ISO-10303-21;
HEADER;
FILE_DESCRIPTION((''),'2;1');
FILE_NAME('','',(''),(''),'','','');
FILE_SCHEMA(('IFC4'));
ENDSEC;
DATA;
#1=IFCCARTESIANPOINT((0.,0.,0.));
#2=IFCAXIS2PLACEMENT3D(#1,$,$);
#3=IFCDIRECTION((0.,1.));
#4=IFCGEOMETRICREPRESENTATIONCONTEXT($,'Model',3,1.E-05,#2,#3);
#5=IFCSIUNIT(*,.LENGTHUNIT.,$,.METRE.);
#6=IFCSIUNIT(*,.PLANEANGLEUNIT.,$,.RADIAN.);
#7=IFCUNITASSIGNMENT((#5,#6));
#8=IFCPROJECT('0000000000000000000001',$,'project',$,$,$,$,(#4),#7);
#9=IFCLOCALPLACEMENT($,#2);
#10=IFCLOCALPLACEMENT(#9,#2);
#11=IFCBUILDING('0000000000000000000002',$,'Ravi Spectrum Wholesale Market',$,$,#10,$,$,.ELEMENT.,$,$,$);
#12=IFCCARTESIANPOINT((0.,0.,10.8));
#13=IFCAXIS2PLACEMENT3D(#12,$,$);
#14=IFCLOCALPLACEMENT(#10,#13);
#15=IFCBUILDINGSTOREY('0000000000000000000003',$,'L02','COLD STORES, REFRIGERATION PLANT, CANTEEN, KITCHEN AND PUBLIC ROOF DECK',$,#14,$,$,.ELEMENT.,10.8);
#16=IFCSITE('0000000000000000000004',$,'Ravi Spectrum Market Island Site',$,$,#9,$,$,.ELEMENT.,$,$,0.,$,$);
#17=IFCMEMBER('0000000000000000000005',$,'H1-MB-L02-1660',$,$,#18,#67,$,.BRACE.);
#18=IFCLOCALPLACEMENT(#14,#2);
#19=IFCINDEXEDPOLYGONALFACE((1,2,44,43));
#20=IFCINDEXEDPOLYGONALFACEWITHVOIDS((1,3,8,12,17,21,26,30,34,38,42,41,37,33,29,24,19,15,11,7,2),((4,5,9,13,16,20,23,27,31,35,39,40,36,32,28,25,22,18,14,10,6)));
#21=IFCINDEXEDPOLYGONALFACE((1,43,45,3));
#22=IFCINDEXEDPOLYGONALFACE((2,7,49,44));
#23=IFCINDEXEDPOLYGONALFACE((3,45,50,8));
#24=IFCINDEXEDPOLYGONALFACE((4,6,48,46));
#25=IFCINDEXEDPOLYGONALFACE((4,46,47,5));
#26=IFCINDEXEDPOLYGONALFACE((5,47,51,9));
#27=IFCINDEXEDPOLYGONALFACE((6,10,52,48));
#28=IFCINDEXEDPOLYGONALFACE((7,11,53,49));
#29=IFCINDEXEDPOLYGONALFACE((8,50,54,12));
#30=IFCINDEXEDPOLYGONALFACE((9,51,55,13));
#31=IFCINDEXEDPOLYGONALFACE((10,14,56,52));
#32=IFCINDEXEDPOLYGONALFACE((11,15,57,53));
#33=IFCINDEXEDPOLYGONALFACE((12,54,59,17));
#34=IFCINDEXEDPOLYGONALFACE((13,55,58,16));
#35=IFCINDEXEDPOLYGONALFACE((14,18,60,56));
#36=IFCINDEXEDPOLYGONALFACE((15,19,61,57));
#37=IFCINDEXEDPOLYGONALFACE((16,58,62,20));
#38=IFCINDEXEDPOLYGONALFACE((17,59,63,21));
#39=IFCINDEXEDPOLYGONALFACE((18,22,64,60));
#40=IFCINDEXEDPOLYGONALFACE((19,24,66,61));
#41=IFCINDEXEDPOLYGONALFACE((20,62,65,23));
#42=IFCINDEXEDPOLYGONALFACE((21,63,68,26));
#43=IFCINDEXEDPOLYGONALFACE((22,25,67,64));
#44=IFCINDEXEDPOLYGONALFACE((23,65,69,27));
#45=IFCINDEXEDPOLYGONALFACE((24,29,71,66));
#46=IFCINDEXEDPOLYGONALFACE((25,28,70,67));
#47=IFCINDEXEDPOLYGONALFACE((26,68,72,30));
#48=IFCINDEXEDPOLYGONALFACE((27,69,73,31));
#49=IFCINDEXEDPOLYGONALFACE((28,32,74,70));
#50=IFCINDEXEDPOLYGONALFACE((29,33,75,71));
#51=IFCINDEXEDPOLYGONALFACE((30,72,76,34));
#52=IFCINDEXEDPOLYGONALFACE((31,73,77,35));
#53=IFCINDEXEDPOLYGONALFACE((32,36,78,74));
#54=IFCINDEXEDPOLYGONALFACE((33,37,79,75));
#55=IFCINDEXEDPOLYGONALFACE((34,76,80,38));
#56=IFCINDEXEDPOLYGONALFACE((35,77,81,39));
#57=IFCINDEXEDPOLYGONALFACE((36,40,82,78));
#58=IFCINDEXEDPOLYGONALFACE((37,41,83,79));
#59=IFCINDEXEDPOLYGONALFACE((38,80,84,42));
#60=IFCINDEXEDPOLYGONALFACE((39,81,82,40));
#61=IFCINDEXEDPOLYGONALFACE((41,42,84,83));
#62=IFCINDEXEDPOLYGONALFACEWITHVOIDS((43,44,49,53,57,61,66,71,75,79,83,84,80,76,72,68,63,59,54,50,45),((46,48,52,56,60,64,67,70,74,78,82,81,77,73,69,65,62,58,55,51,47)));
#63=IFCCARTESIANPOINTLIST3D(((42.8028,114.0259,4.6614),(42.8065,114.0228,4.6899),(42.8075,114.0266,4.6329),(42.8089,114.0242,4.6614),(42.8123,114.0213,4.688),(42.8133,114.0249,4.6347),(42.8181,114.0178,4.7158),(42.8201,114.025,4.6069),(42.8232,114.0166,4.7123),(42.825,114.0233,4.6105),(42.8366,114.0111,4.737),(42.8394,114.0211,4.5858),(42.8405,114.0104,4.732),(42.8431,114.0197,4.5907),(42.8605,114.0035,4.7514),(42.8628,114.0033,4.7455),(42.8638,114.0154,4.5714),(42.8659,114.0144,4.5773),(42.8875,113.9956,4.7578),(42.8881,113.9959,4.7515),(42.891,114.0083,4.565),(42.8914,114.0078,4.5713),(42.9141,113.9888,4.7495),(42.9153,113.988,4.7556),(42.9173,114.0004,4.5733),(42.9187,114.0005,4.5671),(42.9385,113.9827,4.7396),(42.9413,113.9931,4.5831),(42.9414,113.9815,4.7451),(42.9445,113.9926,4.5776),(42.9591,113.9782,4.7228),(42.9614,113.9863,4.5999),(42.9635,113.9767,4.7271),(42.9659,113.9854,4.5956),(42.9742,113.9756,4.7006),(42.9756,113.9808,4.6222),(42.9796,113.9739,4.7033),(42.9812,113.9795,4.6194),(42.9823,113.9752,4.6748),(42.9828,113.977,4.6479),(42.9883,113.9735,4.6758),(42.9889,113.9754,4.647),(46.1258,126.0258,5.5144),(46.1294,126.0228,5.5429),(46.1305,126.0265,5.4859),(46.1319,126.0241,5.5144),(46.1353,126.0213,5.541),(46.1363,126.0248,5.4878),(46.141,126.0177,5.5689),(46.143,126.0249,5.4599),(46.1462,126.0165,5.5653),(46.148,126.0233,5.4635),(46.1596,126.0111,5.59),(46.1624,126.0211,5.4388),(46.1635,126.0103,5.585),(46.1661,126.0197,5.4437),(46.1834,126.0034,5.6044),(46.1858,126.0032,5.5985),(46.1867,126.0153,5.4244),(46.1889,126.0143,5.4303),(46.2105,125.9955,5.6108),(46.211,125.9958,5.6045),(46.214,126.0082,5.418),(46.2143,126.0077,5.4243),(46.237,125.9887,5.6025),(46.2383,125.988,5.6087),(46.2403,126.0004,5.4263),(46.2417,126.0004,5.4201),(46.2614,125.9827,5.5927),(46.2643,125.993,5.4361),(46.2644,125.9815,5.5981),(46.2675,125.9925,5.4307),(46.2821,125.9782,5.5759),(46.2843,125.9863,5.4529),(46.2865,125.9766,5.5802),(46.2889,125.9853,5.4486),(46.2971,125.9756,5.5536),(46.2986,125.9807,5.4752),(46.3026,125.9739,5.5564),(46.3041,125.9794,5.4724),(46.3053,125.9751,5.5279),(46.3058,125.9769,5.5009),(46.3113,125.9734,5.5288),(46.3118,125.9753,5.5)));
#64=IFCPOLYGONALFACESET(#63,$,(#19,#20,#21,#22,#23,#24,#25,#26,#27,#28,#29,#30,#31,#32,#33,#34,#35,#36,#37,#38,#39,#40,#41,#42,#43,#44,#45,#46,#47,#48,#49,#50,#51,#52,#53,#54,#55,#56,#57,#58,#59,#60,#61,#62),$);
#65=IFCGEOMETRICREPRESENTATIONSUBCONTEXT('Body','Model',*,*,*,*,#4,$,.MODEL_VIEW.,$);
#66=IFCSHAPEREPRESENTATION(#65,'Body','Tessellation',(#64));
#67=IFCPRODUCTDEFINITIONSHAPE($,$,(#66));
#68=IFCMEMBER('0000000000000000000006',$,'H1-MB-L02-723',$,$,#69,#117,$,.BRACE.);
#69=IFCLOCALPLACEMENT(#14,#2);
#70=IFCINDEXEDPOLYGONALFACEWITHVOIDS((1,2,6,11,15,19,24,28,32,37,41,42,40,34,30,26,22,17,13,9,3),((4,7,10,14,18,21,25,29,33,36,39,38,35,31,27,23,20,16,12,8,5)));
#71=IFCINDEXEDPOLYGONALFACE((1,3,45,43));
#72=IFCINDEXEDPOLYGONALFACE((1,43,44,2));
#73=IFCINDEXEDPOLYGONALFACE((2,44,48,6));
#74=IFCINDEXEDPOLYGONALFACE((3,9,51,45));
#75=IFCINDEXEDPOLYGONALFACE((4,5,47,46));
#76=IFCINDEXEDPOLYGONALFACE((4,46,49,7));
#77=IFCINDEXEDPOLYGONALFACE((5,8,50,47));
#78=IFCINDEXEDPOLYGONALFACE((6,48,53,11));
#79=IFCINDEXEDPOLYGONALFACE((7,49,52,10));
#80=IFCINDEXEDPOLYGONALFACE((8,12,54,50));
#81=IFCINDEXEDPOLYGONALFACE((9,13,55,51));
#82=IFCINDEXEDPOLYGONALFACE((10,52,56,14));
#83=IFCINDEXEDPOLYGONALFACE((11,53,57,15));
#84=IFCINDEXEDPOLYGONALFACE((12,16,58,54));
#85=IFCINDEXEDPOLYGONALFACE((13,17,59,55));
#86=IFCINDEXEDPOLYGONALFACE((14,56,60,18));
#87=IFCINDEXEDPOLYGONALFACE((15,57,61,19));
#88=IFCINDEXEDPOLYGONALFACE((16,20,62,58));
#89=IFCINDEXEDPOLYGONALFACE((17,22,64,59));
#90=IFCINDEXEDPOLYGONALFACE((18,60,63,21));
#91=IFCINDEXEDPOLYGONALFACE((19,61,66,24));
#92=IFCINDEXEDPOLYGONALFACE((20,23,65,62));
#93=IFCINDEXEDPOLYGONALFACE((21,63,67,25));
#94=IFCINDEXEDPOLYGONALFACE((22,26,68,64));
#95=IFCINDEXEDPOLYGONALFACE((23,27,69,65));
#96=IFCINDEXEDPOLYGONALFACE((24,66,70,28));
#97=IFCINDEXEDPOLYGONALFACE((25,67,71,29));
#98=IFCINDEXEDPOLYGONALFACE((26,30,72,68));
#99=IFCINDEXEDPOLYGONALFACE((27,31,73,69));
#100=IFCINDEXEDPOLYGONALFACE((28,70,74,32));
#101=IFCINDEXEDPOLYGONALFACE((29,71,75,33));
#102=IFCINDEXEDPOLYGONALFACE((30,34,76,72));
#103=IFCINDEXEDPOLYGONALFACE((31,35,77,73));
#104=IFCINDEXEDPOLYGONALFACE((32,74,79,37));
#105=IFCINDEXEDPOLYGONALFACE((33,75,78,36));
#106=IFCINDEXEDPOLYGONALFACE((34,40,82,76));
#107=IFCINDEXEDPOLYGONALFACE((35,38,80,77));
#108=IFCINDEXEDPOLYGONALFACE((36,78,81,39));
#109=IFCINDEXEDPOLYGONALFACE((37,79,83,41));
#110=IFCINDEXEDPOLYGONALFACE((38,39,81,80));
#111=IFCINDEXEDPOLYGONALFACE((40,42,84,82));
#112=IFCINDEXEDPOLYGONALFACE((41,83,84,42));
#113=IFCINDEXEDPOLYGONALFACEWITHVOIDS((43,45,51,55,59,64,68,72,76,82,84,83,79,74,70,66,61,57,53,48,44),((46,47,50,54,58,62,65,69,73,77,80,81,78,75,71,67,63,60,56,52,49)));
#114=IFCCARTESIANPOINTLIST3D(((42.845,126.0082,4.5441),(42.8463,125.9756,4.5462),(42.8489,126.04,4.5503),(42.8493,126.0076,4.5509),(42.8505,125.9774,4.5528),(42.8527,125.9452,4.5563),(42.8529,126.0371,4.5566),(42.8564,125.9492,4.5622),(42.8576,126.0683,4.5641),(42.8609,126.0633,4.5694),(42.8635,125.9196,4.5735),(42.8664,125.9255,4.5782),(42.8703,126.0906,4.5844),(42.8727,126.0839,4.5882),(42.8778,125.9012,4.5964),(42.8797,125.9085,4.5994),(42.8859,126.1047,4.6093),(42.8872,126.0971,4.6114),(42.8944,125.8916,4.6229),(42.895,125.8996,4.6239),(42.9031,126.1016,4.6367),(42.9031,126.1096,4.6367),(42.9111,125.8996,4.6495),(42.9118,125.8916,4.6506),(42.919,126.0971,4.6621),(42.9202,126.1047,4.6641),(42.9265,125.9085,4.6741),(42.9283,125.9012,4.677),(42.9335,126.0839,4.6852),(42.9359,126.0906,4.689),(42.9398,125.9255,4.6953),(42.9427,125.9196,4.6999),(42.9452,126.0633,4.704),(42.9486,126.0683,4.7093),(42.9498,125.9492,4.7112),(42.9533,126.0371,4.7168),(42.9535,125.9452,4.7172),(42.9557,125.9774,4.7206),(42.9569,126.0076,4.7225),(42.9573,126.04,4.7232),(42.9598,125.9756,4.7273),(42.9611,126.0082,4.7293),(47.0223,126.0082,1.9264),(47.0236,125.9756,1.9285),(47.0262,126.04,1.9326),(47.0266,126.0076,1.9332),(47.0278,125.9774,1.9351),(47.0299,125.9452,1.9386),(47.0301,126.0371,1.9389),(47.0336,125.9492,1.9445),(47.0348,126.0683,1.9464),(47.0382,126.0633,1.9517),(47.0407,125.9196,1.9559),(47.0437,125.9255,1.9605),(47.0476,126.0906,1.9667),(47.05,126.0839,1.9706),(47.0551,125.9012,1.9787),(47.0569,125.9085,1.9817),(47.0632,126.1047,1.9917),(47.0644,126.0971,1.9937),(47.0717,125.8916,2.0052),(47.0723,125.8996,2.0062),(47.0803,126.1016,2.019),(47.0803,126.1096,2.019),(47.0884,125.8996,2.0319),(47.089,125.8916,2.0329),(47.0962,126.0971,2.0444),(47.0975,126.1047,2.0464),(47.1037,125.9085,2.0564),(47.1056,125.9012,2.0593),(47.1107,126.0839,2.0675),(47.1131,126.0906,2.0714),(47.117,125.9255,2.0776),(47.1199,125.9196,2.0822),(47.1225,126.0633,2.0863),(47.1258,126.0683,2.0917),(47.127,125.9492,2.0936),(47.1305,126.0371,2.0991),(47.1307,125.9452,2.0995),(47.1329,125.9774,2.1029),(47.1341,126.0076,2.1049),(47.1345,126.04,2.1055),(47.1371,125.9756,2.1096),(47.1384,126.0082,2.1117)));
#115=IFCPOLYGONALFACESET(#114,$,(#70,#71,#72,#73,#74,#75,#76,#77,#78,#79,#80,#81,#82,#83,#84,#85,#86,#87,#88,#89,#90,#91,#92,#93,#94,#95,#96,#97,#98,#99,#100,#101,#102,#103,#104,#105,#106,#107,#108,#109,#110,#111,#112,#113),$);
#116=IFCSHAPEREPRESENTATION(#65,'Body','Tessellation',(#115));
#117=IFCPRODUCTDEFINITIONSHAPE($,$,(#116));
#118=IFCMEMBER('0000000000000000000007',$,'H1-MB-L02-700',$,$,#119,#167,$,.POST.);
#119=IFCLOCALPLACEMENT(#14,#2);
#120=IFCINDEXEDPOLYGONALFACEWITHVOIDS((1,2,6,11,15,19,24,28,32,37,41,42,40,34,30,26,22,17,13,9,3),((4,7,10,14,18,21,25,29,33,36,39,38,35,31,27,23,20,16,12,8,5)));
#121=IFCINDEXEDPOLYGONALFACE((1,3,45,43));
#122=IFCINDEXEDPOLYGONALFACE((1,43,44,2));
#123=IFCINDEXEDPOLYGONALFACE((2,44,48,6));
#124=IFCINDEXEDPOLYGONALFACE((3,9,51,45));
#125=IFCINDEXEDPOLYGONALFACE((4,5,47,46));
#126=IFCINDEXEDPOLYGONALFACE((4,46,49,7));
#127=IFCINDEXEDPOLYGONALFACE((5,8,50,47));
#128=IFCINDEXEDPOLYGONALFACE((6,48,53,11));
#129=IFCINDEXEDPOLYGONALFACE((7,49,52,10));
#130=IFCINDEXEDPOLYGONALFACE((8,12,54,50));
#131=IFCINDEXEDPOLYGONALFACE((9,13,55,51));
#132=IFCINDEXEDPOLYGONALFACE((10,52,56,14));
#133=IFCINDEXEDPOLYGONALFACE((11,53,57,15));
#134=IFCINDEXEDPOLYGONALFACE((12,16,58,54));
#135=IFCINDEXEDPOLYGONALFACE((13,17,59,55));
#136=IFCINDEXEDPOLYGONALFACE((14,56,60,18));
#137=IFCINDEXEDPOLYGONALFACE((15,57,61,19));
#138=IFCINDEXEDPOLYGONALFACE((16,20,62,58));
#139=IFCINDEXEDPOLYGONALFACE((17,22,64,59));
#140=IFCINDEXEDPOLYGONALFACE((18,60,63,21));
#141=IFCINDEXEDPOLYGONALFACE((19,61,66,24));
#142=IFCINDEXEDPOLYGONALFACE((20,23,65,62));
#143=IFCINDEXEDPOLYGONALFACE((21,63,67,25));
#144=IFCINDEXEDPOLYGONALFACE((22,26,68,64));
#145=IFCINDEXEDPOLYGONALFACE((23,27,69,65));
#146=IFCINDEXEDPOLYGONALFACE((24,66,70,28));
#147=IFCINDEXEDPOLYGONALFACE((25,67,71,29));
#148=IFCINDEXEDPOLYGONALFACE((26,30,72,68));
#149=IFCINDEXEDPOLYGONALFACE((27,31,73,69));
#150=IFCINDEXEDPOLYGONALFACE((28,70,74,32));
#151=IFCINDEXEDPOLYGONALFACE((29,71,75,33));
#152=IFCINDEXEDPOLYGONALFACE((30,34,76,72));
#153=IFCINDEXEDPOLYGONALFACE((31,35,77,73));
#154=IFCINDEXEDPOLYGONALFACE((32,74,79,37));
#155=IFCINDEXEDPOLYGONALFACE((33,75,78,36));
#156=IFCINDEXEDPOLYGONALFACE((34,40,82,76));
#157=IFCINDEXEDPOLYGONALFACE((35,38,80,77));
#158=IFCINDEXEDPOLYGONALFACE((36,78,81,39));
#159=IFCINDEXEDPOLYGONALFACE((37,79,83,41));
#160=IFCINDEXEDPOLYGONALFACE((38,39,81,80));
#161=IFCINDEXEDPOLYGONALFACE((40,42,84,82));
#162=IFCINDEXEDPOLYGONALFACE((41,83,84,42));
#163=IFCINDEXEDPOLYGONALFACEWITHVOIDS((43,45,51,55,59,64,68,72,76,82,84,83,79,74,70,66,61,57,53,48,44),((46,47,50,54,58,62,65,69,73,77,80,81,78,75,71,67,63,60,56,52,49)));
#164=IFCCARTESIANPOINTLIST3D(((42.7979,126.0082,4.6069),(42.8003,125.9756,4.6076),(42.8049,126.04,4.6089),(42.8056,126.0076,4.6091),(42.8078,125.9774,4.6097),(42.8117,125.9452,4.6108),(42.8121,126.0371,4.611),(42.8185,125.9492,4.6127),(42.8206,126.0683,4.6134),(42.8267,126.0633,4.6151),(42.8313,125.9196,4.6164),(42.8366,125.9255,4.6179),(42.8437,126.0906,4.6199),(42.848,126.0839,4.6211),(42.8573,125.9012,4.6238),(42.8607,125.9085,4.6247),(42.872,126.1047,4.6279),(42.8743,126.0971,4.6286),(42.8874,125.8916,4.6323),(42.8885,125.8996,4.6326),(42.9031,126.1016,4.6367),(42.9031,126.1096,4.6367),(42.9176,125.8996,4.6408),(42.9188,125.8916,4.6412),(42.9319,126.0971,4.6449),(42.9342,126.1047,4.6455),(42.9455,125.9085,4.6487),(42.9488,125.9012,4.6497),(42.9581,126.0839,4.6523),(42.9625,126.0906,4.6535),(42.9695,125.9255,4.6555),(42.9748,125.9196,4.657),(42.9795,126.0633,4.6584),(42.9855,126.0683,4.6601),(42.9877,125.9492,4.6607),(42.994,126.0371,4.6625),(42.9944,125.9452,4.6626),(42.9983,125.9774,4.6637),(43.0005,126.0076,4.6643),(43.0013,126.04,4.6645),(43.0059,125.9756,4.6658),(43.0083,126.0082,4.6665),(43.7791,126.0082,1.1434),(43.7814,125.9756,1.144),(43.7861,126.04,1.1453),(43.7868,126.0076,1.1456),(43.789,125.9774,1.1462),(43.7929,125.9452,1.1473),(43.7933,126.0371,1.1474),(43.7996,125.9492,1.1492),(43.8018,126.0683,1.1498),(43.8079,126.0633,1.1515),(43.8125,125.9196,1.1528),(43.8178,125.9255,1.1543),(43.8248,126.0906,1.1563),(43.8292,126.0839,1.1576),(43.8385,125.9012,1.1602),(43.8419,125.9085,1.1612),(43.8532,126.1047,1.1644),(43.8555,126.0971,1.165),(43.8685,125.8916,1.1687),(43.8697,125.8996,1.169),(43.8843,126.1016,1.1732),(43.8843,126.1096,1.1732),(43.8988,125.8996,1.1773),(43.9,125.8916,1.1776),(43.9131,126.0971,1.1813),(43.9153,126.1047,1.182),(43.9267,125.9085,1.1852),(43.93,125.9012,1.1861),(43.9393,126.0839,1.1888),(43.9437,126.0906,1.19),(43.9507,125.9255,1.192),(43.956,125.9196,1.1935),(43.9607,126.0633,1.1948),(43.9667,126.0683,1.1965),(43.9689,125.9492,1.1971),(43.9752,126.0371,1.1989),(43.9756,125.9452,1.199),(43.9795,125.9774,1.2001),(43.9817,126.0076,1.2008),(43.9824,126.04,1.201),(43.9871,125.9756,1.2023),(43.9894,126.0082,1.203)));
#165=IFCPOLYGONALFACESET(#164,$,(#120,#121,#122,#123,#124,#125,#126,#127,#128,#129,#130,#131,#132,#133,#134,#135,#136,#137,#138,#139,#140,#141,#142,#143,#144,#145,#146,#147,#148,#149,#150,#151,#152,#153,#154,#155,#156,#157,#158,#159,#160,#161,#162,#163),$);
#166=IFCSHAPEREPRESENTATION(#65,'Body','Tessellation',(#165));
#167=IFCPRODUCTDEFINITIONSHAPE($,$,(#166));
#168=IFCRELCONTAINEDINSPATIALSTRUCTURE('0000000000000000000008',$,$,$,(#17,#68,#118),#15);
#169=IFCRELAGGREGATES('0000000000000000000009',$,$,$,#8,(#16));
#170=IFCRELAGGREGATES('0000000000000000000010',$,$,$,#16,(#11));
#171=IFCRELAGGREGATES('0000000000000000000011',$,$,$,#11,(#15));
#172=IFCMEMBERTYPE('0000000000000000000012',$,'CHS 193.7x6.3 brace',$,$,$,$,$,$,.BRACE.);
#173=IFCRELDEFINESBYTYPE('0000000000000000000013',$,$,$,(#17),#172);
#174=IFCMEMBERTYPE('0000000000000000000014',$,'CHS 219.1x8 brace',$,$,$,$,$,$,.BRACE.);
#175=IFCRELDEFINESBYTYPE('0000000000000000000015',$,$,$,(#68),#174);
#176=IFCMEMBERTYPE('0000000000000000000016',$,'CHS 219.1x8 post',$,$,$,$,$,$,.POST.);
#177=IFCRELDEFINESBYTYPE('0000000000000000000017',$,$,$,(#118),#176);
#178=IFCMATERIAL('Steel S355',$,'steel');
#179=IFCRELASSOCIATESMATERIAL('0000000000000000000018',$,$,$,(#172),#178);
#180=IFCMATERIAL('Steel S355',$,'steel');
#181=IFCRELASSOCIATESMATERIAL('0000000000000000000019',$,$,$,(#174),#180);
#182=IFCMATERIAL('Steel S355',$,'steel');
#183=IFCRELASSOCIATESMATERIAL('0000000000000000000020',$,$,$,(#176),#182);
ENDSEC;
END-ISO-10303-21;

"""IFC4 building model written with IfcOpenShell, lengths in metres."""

from ifc_helpers import new_model, si_unit, direction, frame, origin, origin_2d, place, context, subcontext, project, spatial, hollow_circle, extrude, material, material_profile, profile_set, type_object, element, save


model = new_model("IFC4")

# Units and contexts
model_context = context("Model", 3, precision=1e-05, world=origin(), true_north=direction((0.0, 1.0)))
body_context = subcontext(model_context, "Body", "Model", "MODEL_VIEW")
ifc_project = project(units=[si_unit("LENGTHUNIT", "METRE"), si_unit("PLANEANGLEUNIT", "RADIAN")], contexts=[model_context])

# Site, building, storey
site_placement = place(None, origin())
site = spatial("IfcSite", under=ifc_project, at=site_placement, Name="Ravi Spectrum Market Island Site", CompositionType="ELEMENT", RefElevation=0.0)
building_placement = place(site_placement, origin())
building = spatial("IfcBuilding", under=site, at=building_placement, Name="Ravi Spectrum Wholesale Market", CompositionType="ELEMENT")
storey_placement = place(building_placement, frame((0.0, 0.0, 10.8)))
storey = spatial("IfcBuildingStorey", under=building, at=storey_placement, Name="L02", Description="COLD STORES, REFRIGERATION PLANT, CANTEEN, KITCHEN AND PUBLIC ROOF DECK", CompositionType="ELEMENT", Elevation=10.8)

# Members
ifc_material_1 = material(Name="Steel S355", Category="steel")
ifc_material_profile_1 = material_profile(ifc_material_1, hollow_circle(Radius=0.0969, WallThickness=0.0063, at=origin_2d()))
ifc_profile_set_1 = profile_set([ifc_material_profile_1], Name="Steel S355")
member_type_1 = type_object("IfcMemberType", Name="CHS 193.7x6.3 brace", PredefinedType="BRACE", material=ifc_profile_set_1)
for number, where, z_axis, x_axis, name in (
    (1, (42.8962, 114.0, 4.6614), (0.266249, 0.961478, 0.068347), (-0.963732, 0.266873, 0.0), "H1-MB-L02-1660"),
):
    element("IfcMember", number, at=place(storey_placement, frame(where, z_axis=z_axis, x_axis=x_axis)), inside=storey, type_object=member_type_1, Name=name, PredefinedType="BRACE", context=body_context, shape_type="SweptSolid", body=[
        extrude(hollow_circle(Radius=0.0969, WallThickness=0.0063, at=origin_2d()), origin(), (0.0, 0.0, 1.0), 12.4807),
    ])
ifc_material_2 = material(Name="Steel S355", Category="steel")
ifc_material_profile_2 = material_profile(ifc_material_2, hollow_circle(Radius=0.1096, WallThickness=0.0081, at=origin_2d()))
ifc_profile_set_2 = profile_set([ifc_material_profile_2], Name="Steel S355")
member_type_2 = type_object("IfcMemberType", Name="CHS 219.1x8 brace", PredefinedType="BRACE", material=ifc_profile_set_2)
member_1_placement = place(storey_placement, frame((42.9031, 126.0, 4.6367), z_axis=(0.847369, 0.0, -0.531005), x_axis=(0.0, 1.0, 0.0)))
element("IfcMember", 2, at=member_1_placement, inside=storey, type_object=member_type_2, Name="H1-MB-L02-723", PredefinedType="BRACE", context=body_context, shape_type="SweptSolid", body=[
    extrude(hollow_circle(Radius=0.1096, WallThickness=0.0081, at=origin_2d()), origin(), (0.0, 0.0, 1.0), 4.9297),
])
ifc_material_3 = material(Name="Steel S355", Category="steel")
ifc_material_profile_3 = material_profile(ifc_material_3, hollow_circle(Radius=0.1096, WallThickness=0.0081, at=origin_2d()))
ifc_profile_set_3 = profile_set([ifc_material_profile_3], Name="Steel S355")
member_type_3 = type_object("IfcMemberType", Name="CHS 219.1x8 post", PredefinedType="POST", material=ifc_profile_set_3)
member_2_placement = place(storey_placement, frame((42.9031, 126.0, 4.6367), z_axis=(0.272562, 0.0, -0.962138), x_axis=(0.0, 1.0, 0.0)))
element("IfcMember", 3, at=member_2_placement, inside=storey, type_object=member_type_3, Name="H1-MB-L02-700", PredefinedType="POST", context=body_context, shape_type="SweptSolid", body=[
    extrude(hollow_circle(Radius=0.1096, WallThickness=0.0081, at=origin_2d()), origin(), (0.0, 0.0, 1.0), 3.5999),
])

save(model, "model.ifc")
